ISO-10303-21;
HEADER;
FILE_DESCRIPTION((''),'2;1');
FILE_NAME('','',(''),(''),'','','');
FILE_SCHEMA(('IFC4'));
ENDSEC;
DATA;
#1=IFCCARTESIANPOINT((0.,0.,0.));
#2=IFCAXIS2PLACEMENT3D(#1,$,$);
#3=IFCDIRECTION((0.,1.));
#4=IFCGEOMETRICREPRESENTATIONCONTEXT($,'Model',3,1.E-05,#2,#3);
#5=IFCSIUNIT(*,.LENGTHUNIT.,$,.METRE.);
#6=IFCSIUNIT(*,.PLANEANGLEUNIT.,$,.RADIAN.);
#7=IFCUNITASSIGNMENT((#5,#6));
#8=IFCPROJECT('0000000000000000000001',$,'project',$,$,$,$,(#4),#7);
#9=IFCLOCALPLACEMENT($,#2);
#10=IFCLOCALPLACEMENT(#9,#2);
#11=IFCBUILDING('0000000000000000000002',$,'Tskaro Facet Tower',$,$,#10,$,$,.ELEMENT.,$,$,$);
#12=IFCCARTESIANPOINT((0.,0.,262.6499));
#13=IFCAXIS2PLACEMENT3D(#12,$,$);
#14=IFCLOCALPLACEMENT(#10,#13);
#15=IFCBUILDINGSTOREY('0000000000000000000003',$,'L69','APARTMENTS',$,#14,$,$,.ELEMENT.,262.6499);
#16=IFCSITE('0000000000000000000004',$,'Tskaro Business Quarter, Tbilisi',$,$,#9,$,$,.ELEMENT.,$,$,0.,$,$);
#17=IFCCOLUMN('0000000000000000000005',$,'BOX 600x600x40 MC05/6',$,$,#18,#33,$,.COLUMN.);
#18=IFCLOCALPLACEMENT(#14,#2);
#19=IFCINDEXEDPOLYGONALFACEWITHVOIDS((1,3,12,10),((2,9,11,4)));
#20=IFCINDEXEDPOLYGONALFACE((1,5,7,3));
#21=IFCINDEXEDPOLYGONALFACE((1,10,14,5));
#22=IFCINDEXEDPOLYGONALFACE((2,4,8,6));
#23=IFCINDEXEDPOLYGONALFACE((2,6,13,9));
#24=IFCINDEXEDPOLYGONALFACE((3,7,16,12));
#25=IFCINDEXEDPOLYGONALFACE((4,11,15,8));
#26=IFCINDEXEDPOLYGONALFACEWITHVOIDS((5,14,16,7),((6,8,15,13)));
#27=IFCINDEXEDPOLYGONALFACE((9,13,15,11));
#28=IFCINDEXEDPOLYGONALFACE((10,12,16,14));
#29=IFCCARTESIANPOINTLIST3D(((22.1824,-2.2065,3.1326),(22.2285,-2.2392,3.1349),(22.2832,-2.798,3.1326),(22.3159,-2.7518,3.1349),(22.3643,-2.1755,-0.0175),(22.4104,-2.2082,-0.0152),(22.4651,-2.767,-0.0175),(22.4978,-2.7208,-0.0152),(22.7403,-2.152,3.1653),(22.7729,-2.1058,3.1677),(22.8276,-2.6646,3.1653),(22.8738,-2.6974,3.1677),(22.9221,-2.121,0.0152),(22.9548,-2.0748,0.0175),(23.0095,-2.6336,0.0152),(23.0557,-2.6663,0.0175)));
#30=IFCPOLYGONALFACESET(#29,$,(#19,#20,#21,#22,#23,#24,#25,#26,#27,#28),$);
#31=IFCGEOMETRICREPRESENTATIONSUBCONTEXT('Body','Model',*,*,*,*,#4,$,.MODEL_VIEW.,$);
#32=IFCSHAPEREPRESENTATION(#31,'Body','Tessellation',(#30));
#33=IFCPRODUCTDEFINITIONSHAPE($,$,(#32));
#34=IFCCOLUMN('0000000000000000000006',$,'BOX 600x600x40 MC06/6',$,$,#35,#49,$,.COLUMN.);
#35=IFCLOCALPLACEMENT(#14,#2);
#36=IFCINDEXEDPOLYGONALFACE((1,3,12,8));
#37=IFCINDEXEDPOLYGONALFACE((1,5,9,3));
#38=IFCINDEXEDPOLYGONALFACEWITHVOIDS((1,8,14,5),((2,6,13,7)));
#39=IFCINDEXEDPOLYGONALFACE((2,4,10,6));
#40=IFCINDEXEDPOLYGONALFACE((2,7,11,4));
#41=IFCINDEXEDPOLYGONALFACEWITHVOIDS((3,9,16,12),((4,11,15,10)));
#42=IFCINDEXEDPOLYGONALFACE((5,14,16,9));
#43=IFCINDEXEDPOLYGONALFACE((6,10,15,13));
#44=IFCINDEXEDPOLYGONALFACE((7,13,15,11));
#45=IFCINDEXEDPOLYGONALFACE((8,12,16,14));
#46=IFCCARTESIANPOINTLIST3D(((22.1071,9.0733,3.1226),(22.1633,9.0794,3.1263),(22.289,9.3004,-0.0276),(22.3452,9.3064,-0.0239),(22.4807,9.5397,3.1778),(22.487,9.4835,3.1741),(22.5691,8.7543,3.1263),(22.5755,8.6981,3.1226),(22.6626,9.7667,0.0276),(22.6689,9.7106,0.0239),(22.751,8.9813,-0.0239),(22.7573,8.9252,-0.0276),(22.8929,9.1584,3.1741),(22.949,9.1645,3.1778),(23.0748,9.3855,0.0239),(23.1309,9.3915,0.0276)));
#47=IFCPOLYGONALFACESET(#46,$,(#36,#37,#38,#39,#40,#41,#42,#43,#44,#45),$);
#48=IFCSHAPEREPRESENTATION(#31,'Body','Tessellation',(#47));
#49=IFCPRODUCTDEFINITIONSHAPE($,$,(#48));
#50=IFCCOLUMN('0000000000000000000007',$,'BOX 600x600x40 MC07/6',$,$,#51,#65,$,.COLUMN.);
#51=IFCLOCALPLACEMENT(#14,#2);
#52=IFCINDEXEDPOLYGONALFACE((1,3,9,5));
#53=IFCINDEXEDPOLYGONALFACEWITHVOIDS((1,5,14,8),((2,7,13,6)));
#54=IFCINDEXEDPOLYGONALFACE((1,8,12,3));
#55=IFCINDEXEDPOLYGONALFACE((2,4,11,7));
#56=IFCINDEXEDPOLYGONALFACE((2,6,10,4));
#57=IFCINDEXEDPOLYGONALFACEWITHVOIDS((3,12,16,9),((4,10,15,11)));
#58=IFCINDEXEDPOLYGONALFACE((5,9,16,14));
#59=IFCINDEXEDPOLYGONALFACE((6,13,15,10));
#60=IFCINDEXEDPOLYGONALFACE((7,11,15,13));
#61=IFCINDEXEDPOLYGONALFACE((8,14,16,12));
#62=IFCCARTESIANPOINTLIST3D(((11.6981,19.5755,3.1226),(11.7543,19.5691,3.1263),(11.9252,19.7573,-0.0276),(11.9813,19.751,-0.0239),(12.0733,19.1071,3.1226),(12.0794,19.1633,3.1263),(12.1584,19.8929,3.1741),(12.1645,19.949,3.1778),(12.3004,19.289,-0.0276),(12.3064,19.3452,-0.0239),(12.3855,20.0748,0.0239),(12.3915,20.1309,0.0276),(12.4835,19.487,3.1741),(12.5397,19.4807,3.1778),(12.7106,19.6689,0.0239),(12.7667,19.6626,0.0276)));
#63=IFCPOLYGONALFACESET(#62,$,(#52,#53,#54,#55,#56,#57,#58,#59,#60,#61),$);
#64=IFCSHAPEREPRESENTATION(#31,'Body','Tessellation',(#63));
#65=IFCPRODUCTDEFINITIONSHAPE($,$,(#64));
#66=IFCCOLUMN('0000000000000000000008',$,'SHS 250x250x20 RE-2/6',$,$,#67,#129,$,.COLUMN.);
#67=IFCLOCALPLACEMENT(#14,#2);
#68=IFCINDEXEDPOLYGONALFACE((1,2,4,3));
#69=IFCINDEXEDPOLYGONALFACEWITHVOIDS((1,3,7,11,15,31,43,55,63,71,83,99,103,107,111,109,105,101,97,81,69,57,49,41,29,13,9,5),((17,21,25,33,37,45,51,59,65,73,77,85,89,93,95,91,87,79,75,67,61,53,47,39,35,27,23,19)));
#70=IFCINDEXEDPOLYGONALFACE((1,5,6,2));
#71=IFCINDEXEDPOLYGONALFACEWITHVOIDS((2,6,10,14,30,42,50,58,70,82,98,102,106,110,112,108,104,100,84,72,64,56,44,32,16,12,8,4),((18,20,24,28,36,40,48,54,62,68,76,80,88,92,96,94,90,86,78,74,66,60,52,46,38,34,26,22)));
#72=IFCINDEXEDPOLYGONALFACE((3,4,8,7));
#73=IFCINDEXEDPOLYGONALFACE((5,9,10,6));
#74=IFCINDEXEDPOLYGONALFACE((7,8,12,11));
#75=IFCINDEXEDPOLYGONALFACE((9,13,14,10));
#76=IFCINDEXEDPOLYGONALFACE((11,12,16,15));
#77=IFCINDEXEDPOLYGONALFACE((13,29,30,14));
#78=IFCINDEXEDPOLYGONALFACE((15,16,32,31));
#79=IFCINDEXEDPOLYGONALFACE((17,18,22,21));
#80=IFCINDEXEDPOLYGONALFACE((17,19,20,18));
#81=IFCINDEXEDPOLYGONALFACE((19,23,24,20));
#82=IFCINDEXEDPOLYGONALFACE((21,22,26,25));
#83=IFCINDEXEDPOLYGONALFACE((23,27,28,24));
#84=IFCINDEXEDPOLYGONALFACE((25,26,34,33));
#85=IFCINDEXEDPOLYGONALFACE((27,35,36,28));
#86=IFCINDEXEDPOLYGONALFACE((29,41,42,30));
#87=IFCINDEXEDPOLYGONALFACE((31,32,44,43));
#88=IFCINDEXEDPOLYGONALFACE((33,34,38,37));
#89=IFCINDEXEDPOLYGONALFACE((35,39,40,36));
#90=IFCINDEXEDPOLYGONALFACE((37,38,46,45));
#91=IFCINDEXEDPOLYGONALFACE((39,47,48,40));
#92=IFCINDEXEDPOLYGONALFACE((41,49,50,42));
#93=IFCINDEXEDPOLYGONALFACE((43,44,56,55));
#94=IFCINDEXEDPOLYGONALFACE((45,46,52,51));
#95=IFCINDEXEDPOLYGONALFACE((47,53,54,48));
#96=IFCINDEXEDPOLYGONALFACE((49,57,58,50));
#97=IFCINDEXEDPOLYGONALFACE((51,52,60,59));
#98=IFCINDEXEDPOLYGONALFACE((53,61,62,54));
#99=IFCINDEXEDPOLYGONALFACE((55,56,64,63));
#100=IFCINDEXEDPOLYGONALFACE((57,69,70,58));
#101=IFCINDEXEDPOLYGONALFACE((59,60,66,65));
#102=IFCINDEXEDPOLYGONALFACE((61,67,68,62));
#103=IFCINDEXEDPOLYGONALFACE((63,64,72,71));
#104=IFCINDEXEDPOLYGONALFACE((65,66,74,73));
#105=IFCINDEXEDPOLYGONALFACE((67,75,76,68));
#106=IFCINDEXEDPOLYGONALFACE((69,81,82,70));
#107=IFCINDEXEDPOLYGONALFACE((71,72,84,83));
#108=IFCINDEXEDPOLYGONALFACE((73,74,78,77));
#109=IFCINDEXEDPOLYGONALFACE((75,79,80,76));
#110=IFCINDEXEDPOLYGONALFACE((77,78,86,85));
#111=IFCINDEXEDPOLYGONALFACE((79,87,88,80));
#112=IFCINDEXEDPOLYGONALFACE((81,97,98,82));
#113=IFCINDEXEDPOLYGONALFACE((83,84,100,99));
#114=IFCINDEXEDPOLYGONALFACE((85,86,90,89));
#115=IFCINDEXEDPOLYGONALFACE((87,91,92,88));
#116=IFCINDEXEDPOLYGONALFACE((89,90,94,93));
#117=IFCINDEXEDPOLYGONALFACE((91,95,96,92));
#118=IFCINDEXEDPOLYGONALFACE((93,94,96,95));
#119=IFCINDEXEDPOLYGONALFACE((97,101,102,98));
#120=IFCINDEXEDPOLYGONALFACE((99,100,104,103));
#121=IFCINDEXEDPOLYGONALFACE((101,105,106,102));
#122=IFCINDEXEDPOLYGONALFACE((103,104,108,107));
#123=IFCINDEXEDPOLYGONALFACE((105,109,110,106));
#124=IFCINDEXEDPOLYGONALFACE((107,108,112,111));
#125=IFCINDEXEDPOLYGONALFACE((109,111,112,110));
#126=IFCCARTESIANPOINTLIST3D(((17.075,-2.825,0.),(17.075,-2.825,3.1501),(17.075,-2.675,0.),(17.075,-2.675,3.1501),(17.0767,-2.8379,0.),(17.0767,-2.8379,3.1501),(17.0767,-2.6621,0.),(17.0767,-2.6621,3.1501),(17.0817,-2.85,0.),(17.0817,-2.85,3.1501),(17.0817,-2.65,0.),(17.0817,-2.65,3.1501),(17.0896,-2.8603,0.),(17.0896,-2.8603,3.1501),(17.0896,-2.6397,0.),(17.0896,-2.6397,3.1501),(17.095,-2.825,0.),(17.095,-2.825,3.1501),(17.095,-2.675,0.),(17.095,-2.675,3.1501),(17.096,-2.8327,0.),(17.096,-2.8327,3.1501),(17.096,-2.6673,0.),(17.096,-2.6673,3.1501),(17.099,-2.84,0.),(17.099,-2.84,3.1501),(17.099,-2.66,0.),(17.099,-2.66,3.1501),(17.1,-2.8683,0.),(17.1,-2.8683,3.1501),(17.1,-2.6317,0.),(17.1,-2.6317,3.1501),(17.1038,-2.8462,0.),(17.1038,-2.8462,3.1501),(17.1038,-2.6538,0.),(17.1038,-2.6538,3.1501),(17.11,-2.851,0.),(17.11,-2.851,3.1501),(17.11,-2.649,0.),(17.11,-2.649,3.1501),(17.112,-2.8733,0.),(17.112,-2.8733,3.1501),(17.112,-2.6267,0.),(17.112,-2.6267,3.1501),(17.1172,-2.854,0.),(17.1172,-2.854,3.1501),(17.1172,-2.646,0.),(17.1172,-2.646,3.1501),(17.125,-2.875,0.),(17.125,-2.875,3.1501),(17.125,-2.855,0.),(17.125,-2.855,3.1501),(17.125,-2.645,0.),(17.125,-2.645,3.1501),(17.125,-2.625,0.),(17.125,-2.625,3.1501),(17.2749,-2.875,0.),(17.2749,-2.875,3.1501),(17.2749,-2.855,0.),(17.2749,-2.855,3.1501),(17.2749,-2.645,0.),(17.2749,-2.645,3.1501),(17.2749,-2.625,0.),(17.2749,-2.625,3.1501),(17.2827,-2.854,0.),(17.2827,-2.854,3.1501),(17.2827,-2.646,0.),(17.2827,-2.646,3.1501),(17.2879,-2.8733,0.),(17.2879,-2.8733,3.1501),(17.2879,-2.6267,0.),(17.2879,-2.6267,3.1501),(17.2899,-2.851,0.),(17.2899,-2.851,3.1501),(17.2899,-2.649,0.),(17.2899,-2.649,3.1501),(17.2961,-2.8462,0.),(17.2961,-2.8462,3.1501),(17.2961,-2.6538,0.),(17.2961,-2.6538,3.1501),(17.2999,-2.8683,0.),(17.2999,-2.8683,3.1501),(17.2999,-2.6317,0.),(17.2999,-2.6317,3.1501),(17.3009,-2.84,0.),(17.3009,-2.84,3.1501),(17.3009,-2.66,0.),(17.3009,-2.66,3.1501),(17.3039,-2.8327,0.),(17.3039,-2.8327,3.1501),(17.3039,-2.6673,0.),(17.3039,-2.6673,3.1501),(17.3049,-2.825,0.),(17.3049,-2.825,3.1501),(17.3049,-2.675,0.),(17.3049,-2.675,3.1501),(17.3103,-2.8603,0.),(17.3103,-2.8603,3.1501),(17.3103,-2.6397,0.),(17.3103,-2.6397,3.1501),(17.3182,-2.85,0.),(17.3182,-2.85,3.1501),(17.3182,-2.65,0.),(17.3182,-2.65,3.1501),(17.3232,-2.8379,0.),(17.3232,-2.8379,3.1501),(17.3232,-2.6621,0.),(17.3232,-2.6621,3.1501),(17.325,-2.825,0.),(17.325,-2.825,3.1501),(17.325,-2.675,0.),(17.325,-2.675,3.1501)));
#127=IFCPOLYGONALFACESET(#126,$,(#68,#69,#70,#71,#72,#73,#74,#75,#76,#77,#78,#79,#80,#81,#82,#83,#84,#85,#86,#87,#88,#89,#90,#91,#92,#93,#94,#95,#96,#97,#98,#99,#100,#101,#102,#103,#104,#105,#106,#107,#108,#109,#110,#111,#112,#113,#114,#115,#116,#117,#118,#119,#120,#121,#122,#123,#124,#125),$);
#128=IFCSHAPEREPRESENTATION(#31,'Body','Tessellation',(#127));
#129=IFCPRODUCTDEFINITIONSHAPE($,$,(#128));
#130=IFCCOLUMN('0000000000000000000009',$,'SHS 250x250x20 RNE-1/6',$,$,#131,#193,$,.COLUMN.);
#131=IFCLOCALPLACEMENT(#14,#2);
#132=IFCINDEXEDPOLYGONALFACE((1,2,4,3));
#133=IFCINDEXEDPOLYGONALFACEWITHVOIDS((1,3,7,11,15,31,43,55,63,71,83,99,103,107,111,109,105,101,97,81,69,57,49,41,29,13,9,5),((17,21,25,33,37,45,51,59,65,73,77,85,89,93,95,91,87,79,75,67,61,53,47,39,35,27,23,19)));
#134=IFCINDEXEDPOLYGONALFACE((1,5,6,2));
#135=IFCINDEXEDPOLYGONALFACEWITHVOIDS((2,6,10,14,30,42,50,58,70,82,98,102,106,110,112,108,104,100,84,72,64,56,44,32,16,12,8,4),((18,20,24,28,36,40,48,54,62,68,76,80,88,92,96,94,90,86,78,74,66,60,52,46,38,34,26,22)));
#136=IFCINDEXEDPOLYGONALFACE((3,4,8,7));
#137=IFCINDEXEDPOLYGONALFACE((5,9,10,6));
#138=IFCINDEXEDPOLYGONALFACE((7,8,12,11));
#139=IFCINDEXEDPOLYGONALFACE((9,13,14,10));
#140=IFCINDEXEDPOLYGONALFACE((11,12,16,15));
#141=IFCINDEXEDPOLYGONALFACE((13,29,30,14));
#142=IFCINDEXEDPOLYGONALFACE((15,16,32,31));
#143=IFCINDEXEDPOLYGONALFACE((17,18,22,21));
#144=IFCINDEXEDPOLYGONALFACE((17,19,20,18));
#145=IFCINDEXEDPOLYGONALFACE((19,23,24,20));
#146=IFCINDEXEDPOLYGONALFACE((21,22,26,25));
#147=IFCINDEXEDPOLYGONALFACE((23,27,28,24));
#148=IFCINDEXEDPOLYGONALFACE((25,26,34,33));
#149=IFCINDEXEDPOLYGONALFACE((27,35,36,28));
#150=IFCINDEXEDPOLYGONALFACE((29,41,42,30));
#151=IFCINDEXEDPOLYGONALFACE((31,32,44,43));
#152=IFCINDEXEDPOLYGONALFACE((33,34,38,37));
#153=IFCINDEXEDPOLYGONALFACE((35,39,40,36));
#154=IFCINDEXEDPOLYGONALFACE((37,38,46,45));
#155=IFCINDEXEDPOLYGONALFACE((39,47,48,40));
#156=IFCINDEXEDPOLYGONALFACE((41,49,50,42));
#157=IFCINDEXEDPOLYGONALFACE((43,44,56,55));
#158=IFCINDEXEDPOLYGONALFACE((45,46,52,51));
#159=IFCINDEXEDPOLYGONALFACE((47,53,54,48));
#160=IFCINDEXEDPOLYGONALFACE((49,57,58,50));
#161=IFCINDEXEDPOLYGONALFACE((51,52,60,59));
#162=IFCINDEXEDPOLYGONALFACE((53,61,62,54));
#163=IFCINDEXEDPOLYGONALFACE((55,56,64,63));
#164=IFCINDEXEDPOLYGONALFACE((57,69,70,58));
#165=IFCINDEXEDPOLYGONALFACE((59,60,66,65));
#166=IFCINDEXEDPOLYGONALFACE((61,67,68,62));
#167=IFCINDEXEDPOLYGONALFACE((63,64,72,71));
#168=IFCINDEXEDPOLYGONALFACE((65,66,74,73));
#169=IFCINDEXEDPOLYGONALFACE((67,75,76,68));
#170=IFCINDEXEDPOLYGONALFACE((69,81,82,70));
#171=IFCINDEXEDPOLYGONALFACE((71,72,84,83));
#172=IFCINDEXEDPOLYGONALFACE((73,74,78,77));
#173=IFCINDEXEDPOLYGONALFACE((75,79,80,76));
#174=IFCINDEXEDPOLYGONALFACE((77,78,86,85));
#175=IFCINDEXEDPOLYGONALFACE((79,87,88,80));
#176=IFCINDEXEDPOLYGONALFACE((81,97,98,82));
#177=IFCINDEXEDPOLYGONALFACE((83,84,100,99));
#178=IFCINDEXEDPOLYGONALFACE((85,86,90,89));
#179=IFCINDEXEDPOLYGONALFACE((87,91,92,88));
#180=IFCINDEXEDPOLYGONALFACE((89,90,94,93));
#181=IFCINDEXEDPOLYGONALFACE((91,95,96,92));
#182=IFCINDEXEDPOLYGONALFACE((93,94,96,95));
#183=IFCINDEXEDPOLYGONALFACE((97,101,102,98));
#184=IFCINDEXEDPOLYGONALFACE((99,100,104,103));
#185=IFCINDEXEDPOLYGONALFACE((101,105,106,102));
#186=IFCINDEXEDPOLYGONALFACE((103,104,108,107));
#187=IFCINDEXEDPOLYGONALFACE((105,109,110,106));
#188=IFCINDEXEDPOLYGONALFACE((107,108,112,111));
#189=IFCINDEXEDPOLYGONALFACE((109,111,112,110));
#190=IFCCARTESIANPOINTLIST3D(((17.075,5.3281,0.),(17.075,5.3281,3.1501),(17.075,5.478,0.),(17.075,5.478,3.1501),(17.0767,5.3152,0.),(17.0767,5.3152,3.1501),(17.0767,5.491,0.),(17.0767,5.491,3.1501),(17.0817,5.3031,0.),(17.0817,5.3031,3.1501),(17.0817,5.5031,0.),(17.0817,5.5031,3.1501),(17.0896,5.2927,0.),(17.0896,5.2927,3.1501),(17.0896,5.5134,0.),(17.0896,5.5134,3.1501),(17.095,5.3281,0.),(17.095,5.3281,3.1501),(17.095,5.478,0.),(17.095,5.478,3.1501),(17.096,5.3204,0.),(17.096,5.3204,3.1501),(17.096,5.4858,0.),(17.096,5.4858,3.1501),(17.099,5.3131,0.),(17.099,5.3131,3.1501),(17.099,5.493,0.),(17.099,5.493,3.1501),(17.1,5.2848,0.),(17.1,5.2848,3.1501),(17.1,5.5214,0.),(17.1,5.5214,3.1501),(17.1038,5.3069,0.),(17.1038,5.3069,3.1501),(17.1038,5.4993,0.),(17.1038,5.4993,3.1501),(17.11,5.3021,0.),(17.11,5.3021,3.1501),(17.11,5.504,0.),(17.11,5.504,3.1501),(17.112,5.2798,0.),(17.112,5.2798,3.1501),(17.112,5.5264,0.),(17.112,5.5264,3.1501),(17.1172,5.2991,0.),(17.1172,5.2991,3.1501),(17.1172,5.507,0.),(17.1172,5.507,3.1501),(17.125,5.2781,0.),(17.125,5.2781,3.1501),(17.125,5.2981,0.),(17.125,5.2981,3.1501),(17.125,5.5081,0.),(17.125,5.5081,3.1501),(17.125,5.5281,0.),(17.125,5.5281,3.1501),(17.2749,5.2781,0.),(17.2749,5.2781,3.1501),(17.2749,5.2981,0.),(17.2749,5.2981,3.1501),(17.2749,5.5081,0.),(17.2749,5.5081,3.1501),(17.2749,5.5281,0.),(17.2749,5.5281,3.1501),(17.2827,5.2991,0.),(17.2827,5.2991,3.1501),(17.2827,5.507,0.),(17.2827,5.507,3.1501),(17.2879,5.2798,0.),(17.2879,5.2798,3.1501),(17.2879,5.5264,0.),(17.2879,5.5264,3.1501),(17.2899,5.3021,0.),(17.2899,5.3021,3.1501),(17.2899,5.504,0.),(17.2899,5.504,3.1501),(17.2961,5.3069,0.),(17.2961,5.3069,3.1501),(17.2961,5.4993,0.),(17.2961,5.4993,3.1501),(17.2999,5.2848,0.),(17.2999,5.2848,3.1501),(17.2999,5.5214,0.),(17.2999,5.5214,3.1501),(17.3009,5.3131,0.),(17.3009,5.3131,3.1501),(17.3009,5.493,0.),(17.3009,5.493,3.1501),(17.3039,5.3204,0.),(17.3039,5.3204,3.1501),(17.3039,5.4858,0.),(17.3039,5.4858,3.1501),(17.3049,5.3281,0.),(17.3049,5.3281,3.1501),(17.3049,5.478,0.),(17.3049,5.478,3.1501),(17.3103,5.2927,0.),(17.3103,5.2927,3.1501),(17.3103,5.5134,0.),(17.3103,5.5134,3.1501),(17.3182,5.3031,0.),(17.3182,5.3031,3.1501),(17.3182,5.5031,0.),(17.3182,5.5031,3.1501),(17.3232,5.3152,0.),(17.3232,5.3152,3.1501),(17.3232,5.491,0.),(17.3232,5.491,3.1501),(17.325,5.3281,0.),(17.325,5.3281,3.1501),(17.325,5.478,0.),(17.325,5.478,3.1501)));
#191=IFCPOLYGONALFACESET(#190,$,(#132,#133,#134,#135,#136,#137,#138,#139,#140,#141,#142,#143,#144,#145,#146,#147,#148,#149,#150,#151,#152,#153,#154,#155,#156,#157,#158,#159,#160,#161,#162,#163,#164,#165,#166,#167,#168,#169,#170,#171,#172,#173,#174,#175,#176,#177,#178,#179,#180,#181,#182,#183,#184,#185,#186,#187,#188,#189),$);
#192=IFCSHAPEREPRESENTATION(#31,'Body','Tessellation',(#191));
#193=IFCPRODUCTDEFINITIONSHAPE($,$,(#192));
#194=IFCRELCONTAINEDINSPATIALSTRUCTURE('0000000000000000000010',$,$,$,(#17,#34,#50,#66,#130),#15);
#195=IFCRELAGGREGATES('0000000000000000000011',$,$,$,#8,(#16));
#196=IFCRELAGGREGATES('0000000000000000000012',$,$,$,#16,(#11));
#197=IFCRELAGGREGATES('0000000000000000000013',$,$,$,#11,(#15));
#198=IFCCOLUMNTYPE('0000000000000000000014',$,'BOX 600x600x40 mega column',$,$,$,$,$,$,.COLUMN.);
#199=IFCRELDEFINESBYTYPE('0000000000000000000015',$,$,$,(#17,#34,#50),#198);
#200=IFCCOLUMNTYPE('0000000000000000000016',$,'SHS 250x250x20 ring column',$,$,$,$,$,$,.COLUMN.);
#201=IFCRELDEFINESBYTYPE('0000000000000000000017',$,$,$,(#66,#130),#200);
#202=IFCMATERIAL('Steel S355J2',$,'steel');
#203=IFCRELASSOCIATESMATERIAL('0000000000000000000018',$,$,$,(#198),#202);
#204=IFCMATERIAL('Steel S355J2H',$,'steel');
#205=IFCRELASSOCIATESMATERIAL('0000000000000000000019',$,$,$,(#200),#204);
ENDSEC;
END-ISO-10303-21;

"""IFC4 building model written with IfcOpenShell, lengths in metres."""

from ifc_helpers import new_model, si_unit, direction, frame, origin, origin_2d, place, context, subcontext, project, spatial, hollow_rectangle, extrude, material, material_profile, profile_set, type_object, element, save


model = new_model("IFC4")

# Units and contexts
model_context = context("Model", 3, precision=1e-05, world=origin(), true_north=direction((0.0, 1.0)))
body_context = subcontext(model_context, "Body", "Model", "MODEL_VIEW")
ifc_project = project(units=[si_unit("LENGTHUNIT", "METRE"), si_unit("PLANEANGLEUNIT", "RADIAN")], contexts=[model_context])

# Site, building, storey
site_placement = place(None, origin())
site = spatial("IfcSite", under=ifc_project, at=site_placement, Name="Tskaro Business Quarter, Tbilisi", CompositionType="ELEMENT", RefElevation=0.0)
building_placement = place(site_placement, origin())
building = spatial("IfcBuilding", under=site, at=building_placement, Name="Tskaro Facet Tower", CompositionType="ELEMENT")
storey_placement = place(building_placement, frame((0.0, 0.0, 262.6499)))
storey = spatial("IfcBuildingStorey", under=building, at=storey_placement, Name="L69", Description="APARTMENTS", CompositionType="ELEMENT", Elevation=262.6499)

# Columns
ifc_material_1 = material(Name="Steel S355J2", Category="steel")
ifc_material_profile_1 = material_profile(ifc_material_1, hollow_rectangle(XDim=0.6001, YDim=0.6001, WallThickness=0.04, at=origin_2d()), Name="BOX 600x600x40")
ifc_profile_set_1 = profile_set([ifc_material_profile_1], Name="Steel S355J2")
column_type_1 = type_object("IfcColumnType", Name="BOX 600x600x40 mega column", PredefinedType="COLUMN", material=ifc_profile_set_1)
column_placement = place(storey_placement, frame((22.71, -2.4209, 0.0), z_axis=(-0.05764, -0.009826, 0.998289), x_axis=(0.168046, -0.985779, 0.0)))
element("IfcColumn", 1, at=column_placement, inside=storey, type_object=column_type_1, Name="BOX 600x600x40 MC05/6", PredefinedType="COLUMN", context=body_context, shape_type="SweptSolid", body=[
    extrude(hollow_rectangle(XDim=0.6001, YDim=0.6001, WallThickness=0.04, at=origin_2d()), origin(), (0.0, 0.0, 1.0), 3.1555),
])
for number, where, z_axis, x_axis, name in (
    (2, (22.71, 9.3459, 0.0), (-0.057494, -0.071771, 0.995763), (0.780459, -0.625207, 0.0), "BOX 600x600x40 MC06/6"),
    (3, (12.3459, 19.71, 0.0), (-0.071771, -0.057494, 0.995763), (0.625207, -0.780459, 0.0), "BOX 600x600x40 MC07/6"),
):
    element("IfcColumn", number, at=place(storey_placement, frame(where, z_axis=z_axis, x_axis=x_axis)), inside=storey, type_object=column_type_1, Name=name, PredefinedType="COLUMN", context=body_context, shape_type="SweptSolid", body=[
        extrude(hollow_rectangle(XDim=0.6001, YDim=0.6001, WallThickness=0.04, at=origin_2d()), origin(), (0.0, 0.0, 1.0), 3.1636),
    ])
ifc_material_2 = material(Name="Steel S355J2H", Category="steel")
ifc_material_profile_2 = material_profile(ifc_material_2, hollow_rectangle(XDim=0.25, YDim=0.25, WallThickness=0.02, InnerFilletRadius=0.03, OuterFilletRadius=0.05, at=origin_2d()), Name="SHS 250x250x20")
ifc_profile_set_2 = profile_set([ifc_material_profile_2], Name="Steel S355J2H")
column_type_2 = type_object("IfcColumnType", Name="SHS 250x250x20 ring column", PredefinedType="COLUMN", material=ifc_profile_set_2)
for number, where, z_axis, x_axis, name in (
    (4, (17.2, -2.75, 0.0), (0.0, 0.0, 1.0), (1.0, 0.0, 0.0), "SHS 250x250x20 RE-2/6"),
    (5, (17.2, 5.4031, 0.0), (0.0, 0.0, 1.0), (1.0, 0.0, 0.0), "SHS 250x250x20 RNE-1/6"),
):
    element("IfcColumn", number, at=place(storey_placement, frame(where, z_axis=z_axis, x_axis=x_axis)), inside=storey, type_object=column_type_2, Name=name, PredefinedType="COLUMN", context=body_context, shape_type="SweptSolid", body=[
        extrude(hollow_rectangle(XDim=0.25, YDim=0.25, WallThickness=0.02, InnerFilletRadius=0.03, OuterFilletRadius=0.05, at=origin_2d()), origin(), (0.0, 0.0, 1.0), 3.1501),
    ])

save(model, "model.ifc")
